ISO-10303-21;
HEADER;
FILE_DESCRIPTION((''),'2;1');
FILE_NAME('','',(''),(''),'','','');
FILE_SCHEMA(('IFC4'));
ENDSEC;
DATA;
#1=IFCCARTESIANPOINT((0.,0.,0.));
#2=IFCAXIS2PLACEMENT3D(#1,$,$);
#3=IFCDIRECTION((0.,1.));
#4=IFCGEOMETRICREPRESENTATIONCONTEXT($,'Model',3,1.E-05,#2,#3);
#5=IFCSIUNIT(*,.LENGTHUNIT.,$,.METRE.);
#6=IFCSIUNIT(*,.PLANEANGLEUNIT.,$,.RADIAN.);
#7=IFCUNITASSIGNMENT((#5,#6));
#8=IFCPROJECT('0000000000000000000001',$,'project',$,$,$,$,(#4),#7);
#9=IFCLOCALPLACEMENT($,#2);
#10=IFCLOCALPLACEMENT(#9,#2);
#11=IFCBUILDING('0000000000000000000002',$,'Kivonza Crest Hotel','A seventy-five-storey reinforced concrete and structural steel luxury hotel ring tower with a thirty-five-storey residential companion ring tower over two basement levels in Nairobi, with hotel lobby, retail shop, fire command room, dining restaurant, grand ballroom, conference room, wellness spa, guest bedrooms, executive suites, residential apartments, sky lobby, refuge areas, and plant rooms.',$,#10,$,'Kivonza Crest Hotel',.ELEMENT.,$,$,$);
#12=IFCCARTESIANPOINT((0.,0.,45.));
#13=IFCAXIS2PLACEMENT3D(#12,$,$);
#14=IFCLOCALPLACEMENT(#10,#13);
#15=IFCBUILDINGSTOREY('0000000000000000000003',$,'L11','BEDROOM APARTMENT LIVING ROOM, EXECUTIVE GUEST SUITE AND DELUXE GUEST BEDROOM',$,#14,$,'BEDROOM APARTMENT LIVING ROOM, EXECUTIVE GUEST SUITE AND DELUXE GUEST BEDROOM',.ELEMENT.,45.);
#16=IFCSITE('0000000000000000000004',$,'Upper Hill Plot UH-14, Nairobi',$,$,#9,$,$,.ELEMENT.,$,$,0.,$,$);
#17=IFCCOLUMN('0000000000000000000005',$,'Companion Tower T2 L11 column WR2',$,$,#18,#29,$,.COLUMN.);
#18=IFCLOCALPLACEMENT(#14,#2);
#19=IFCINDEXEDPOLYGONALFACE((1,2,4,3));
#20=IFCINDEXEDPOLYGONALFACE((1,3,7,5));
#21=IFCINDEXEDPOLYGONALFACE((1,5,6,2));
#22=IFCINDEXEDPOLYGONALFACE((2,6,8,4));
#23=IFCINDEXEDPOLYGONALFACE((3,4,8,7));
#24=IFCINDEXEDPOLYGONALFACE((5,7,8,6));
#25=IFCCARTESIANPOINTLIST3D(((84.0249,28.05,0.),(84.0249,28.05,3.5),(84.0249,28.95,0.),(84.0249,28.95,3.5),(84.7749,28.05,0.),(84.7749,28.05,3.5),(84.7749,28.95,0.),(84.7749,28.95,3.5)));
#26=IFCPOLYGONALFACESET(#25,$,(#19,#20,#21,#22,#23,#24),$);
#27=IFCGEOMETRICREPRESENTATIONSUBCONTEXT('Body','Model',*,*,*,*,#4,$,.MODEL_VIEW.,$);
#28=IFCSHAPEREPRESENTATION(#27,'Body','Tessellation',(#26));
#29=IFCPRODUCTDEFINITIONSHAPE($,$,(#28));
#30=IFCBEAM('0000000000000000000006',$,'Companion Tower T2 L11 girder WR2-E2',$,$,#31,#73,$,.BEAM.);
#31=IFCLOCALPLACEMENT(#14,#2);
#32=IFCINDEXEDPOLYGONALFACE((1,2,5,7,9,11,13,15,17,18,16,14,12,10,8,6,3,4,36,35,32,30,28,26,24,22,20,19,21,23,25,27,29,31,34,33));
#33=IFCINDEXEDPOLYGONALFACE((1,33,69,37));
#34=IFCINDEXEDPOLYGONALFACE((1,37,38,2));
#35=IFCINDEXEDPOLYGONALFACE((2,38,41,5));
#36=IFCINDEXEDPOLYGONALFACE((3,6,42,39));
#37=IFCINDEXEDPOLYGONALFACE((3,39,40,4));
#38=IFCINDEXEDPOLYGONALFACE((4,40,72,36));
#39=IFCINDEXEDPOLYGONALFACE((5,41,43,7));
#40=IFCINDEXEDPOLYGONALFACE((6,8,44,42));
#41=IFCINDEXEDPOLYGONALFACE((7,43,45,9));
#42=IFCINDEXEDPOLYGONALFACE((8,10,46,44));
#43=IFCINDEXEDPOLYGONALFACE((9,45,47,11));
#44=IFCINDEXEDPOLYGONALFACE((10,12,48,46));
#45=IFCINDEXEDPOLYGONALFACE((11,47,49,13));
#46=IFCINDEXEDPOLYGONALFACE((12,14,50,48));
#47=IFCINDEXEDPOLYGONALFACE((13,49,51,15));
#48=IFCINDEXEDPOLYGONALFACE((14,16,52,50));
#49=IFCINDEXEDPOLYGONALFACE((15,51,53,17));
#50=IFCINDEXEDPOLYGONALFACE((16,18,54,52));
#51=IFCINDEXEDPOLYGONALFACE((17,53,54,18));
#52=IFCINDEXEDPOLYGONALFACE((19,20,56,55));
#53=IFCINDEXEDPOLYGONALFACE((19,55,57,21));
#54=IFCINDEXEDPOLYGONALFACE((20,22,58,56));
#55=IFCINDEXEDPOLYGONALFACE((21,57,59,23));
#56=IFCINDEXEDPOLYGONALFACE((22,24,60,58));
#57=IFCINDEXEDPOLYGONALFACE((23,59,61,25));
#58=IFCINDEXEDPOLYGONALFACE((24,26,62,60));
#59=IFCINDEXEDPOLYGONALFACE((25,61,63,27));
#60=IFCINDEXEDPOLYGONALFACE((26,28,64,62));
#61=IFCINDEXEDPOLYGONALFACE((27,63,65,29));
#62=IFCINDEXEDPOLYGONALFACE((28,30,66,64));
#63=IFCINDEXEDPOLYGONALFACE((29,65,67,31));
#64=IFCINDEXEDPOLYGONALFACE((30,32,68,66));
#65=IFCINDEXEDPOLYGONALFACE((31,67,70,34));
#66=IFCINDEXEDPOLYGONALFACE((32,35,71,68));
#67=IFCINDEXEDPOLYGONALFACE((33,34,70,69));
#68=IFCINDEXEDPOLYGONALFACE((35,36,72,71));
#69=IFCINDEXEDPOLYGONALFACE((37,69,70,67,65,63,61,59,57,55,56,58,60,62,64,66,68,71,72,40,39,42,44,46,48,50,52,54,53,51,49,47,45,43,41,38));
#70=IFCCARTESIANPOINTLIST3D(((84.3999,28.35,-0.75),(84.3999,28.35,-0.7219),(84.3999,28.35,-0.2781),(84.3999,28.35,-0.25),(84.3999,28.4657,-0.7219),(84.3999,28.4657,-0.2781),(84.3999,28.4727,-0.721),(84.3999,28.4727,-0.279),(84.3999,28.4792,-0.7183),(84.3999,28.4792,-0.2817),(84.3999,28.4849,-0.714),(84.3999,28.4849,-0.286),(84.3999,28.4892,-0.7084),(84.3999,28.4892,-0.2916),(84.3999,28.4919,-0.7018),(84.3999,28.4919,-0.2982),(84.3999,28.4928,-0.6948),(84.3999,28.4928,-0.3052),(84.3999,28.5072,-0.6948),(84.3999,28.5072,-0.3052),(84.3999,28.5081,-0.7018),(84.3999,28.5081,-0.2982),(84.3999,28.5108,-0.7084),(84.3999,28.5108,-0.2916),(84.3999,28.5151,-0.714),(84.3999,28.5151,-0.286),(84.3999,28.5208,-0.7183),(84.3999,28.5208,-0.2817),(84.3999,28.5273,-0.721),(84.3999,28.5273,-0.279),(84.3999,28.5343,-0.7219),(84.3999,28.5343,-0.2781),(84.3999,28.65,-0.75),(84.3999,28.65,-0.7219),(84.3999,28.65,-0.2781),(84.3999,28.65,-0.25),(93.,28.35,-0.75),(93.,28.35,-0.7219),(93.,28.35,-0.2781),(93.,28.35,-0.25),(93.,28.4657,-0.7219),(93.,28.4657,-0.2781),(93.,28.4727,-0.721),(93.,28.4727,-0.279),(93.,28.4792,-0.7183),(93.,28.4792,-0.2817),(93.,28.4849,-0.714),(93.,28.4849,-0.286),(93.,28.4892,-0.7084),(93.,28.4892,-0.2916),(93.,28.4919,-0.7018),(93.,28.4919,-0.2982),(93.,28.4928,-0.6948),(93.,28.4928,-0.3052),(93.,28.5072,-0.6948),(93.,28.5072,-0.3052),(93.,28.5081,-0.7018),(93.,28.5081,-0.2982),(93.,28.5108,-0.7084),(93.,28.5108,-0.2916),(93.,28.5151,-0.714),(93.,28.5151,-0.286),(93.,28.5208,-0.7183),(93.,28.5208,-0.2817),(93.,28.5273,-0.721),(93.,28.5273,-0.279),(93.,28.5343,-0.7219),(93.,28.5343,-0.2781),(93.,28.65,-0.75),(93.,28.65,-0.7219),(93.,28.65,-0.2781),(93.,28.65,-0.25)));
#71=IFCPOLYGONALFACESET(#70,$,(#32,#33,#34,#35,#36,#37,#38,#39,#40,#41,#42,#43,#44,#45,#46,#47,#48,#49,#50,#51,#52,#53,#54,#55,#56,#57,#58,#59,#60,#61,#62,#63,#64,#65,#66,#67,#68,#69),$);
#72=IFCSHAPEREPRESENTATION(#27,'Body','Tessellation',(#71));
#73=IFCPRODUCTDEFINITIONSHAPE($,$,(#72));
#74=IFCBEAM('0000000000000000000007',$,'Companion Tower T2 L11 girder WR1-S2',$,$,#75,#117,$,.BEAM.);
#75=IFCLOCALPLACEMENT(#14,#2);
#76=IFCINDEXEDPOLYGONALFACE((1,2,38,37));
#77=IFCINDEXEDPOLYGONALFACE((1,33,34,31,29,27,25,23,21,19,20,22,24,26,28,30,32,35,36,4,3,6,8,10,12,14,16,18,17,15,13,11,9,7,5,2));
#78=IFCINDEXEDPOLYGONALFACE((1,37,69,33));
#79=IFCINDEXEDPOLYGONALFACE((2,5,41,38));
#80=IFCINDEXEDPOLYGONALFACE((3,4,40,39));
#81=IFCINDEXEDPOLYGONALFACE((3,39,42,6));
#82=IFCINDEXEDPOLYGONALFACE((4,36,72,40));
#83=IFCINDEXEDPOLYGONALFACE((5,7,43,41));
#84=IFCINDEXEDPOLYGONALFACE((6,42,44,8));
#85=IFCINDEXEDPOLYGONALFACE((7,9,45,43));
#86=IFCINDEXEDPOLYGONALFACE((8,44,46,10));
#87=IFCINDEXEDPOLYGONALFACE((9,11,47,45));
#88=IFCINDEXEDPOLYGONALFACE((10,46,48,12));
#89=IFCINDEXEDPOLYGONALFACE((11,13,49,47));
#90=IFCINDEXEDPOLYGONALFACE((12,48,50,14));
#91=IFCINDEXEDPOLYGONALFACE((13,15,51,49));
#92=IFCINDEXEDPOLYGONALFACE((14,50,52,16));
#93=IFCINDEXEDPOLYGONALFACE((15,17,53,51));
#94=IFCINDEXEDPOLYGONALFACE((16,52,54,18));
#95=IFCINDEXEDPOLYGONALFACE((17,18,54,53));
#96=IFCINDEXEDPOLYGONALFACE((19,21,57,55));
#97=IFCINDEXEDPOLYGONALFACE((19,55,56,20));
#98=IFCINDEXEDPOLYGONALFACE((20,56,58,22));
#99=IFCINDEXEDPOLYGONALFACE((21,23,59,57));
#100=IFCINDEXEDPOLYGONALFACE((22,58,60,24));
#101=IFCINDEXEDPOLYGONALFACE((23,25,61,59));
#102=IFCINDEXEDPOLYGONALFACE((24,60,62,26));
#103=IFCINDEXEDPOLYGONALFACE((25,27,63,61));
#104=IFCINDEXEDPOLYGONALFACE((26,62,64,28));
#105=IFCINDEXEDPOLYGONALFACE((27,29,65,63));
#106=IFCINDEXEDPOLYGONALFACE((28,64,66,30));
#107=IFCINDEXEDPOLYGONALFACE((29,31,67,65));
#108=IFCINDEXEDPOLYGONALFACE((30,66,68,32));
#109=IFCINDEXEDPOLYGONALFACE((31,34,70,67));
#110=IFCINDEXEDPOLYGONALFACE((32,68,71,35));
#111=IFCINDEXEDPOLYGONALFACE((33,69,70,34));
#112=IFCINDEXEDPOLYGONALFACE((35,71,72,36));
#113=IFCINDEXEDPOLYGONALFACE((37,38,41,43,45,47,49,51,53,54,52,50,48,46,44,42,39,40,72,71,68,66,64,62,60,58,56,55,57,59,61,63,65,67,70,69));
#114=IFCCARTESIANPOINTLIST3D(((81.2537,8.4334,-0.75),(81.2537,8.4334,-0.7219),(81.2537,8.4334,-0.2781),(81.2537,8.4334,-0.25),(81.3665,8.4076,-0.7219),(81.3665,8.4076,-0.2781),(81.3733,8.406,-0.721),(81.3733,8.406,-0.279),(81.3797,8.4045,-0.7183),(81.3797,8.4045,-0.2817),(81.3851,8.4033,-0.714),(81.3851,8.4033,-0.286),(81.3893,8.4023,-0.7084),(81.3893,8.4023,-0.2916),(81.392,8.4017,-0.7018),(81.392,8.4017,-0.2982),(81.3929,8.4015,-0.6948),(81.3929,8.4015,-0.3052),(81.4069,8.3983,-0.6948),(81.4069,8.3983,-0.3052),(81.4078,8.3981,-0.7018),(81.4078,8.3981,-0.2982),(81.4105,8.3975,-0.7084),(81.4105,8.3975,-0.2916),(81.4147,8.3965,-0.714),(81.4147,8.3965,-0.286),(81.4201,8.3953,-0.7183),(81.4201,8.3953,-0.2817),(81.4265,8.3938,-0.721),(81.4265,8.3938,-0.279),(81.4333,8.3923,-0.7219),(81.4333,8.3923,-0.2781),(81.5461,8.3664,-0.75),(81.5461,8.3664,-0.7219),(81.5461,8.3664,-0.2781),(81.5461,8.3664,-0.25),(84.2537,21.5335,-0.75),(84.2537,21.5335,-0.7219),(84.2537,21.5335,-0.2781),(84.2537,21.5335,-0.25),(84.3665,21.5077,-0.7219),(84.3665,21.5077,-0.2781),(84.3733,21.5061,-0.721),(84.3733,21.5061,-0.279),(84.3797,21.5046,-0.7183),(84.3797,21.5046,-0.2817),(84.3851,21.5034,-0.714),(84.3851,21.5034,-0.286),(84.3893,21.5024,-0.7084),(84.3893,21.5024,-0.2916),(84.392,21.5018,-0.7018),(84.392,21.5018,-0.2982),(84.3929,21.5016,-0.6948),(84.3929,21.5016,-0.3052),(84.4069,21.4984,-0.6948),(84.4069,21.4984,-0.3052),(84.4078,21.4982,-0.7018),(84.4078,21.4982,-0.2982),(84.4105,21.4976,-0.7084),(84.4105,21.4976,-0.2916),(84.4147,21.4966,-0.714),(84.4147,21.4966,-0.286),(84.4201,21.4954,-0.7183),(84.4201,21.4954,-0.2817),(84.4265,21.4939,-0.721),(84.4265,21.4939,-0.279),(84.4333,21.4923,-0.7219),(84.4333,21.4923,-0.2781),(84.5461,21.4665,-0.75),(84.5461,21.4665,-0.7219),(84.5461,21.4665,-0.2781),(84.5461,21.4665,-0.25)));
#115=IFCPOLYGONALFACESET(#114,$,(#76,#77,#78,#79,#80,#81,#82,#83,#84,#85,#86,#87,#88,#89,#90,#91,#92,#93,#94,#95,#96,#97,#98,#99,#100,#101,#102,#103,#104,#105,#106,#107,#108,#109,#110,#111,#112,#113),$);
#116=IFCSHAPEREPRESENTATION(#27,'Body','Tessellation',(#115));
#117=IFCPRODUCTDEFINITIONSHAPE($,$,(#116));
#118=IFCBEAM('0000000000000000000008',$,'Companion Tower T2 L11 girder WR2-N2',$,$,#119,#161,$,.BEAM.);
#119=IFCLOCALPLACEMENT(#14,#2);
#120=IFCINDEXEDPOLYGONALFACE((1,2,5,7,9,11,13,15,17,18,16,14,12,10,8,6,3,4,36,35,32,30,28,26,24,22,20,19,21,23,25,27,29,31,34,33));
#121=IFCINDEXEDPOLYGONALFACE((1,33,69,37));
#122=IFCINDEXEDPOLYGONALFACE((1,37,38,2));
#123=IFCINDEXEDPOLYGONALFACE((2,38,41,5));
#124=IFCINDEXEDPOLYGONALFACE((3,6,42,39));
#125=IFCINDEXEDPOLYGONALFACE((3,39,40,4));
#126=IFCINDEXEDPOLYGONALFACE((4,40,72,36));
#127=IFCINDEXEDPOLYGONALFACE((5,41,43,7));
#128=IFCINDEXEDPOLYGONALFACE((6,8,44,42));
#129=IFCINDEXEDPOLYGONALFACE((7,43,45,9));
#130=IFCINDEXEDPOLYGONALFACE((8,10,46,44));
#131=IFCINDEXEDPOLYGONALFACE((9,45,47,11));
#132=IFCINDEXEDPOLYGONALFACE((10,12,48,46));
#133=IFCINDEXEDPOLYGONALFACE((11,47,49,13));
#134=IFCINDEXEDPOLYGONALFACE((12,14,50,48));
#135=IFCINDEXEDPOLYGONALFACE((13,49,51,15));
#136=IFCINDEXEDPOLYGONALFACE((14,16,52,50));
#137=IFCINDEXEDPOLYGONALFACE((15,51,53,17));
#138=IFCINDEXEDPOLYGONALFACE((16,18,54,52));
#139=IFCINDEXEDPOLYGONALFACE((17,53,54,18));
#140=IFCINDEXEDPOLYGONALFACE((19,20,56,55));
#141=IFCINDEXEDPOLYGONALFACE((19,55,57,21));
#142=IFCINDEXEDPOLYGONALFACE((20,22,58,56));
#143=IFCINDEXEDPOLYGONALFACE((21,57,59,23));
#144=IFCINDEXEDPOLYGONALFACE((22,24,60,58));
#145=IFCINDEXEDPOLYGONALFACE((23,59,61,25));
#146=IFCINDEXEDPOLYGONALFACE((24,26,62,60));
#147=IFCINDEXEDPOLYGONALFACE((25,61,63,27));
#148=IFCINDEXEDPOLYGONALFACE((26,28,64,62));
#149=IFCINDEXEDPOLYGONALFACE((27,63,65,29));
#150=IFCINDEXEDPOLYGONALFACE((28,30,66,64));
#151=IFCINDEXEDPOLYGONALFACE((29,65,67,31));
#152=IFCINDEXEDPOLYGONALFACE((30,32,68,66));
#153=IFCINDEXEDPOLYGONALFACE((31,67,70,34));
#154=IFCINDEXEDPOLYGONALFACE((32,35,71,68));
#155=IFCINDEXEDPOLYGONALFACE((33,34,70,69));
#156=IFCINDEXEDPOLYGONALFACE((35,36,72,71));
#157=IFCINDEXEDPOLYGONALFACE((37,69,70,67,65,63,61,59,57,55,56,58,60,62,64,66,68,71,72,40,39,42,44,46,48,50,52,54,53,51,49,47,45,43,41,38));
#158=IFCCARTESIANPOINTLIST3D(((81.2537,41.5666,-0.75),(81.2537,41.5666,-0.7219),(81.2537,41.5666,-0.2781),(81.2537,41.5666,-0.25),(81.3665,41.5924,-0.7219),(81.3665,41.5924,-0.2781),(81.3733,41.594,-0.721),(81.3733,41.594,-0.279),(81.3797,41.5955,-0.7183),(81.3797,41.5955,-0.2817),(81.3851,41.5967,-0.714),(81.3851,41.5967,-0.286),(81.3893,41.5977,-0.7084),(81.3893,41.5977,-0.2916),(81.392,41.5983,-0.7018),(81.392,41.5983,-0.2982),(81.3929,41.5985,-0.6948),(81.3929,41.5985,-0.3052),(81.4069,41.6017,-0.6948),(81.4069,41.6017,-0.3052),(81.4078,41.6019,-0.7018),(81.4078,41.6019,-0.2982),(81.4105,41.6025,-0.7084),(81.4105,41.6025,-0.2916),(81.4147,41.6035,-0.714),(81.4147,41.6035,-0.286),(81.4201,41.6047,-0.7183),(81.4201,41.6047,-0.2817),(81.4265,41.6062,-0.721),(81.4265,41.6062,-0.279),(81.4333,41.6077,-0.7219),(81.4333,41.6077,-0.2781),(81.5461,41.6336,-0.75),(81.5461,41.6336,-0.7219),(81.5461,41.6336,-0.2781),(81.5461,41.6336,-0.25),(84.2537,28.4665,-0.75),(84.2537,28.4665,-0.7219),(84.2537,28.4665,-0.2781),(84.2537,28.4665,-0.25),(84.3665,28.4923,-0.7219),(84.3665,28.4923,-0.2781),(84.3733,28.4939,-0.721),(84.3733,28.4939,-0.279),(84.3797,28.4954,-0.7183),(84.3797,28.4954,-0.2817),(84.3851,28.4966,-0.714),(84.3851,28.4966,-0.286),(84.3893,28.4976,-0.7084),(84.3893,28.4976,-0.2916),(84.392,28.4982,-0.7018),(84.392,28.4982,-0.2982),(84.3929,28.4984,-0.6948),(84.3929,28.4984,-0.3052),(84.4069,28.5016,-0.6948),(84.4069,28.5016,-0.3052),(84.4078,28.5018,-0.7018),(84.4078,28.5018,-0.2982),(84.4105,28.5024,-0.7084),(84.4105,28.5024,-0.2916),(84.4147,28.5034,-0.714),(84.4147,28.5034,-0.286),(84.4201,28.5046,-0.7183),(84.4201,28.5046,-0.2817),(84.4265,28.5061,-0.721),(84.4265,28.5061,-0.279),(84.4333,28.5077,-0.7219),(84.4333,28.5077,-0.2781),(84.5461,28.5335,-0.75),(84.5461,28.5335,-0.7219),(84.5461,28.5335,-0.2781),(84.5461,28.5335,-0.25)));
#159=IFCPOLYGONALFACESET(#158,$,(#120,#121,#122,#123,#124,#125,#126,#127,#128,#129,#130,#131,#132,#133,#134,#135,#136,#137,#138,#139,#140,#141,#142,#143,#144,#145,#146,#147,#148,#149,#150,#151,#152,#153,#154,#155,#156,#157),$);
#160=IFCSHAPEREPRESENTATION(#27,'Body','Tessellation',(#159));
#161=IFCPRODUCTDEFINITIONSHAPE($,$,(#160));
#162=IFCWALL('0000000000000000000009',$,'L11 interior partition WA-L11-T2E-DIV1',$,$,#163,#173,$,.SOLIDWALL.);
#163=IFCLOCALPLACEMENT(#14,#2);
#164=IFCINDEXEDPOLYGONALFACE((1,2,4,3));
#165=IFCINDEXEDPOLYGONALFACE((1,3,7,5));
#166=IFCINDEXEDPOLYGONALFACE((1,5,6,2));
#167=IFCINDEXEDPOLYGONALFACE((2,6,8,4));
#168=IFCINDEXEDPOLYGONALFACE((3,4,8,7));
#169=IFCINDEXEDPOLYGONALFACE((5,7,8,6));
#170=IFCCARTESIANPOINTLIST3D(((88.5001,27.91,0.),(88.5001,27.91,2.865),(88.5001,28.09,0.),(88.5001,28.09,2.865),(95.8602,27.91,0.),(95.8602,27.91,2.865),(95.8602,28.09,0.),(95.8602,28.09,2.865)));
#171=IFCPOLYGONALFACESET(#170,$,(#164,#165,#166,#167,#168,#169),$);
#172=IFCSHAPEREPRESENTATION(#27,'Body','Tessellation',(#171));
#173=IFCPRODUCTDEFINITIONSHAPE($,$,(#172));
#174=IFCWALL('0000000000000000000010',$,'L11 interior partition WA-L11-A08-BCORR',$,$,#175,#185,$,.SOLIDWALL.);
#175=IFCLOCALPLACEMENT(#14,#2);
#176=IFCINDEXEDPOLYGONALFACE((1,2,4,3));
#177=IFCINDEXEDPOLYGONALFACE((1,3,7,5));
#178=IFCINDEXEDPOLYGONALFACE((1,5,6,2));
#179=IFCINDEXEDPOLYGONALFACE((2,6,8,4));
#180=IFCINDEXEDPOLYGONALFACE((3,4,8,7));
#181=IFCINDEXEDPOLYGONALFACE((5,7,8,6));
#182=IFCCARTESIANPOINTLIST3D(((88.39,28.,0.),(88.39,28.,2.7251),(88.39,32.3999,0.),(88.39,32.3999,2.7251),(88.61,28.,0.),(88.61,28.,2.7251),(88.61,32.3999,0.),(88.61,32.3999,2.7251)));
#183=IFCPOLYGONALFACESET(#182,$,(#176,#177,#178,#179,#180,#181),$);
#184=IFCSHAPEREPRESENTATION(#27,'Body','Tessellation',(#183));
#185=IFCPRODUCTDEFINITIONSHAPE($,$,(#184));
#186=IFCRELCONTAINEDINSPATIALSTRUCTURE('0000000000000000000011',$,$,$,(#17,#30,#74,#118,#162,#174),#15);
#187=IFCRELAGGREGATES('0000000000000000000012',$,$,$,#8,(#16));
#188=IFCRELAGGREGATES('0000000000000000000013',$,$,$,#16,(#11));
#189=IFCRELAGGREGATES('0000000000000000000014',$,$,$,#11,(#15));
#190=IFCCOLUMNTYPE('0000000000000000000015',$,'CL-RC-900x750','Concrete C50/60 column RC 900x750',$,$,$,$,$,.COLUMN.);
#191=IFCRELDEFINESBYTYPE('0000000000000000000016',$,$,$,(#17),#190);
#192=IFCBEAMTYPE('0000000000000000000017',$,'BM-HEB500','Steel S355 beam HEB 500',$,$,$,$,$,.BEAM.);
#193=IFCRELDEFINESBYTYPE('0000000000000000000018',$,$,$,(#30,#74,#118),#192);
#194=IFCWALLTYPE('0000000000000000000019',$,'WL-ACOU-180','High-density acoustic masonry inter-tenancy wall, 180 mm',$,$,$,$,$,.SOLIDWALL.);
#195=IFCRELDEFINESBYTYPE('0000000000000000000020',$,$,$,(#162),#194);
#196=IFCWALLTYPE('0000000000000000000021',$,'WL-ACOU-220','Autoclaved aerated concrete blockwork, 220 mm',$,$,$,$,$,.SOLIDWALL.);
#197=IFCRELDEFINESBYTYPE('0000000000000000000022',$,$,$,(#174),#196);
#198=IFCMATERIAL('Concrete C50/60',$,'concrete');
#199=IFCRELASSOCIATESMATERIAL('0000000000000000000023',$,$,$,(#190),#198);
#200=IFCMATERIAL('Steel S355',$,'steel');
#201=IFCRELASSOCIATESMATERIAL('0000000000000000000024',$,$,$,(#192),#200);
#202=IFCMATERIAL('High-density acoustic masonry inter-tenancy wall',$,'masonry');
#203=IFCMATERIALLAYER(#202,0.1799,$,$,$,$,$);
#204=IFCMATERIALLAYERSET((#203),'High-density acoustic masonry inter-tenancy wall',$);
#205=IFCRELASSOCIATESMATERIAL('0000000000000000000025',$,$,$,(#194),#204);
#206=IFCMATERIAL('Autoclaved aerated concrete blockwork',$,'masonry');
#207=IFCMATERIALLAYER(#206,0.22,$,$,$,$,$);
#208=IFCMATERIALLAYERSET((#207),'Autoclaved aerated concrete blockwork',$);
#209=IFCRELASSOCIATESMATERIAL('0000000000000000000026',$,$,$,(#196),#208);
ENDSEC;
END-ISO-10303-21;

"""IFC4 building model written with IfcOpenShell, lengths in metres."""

from ifc_helpers import new_model, si_unit, direction, frame, frame_2d, origin, origin_2d, place, context, subcontext, project, spatial, rectangle, i_section, extrude, material, layer, layer_set, material_profile, profile_set, type_object, element, save


model = new_model("IFC4")

# Units and contexts
model_context = context("Model", 3, precision=1e-05, world=origin(), true_north=direction((0.0, 1.0)))
body_context = subcontext(model_context, "Body", "Model", "MODEL_VIEW")
ifc_project = project(units=[si_unit("LENGTHUNIT", "METRE"), si_unit("PLANEANGLEUNIT", "RADIAN")], contexts=[model_context])

# Site, building, storey
site_placement = place(None, origin())
site = spatial("IfcSite", under=ifc_project, at=site_placement, Name="Upper Hill Plot UH-14, Nairobi", CompositionType="ELEMENT", RefElevation=0.0)
building_placement = place(site_placement, origin())
building = spatial("IfcBuilding", under=site, at=building_placement, Name="Kivonza Crest Hotel", Description="A seventy-five-storey reinforced concrete and structural steel luxury hotel ring tower with a thirty-five-storey residential companion ring tower over two basement levels in Nairobi, with hotel lobby, retail shop, fire command room, dining restaurant, grand ballroom, conference room, wellness spa, guest bedrooms, executive suites, residential apartments, sky lobby, refuge areas, and plant rooms.", LongName="Kivonza Crest Hotel", CompositionType="ELEMENT")
storey_placement = place(building_placement, frame((0.0, 0.0, 45.0)))
storey = spatial("IfcBuildingStorey", under=building, at=storey_placement, Name="L11", Description="BEDROOM APARTMENT LIVING ROOM, EXECUTIVE GUEST SUITE AND DELUXE GUEST BEDROOM", LongName="BEDROOM APARTMENT LIVING ROOM, EXECUTIVE GUEST SUITE AND DELUXE GUEST BEDROOM", CompositionType="ELEMENT", Elevation=45.0)

# Column
ifc_material_1 = material(Name="Concrete C50/60", Category="concrete")
ifc_material_profile_1 = material_profile(ifc_material_1, rectangle(XDim=0.75, YDim=0.8999, at=origin_2d()), Name="RC 900x750")
ifc_profile_set_1 = profile_set([ifc_material_profile_1], Name="Concrete C50/60")
column_type = type_object("IfcColumnType", Name="CL-RC-900x750", Description="Concrete C50/60 column RC 900x750", PredefinedType="COLUMN", material=ifc_profile_set_1)
column_placement = place(storey_placement, frame((84.3999, 28.5, 0.0), z_axis=(0.0, 0.0, 1.0), x_axis=(1.0, 0.0, 0.0)))
element("IfcColumn", 1, at=column_placement, inside=storey, type_object=column_type, Name="Companion Tower T2 L11 column WR2", PredefinedType="COLUMN", context=body_context, shape_type="SweptSolid", body=[
    extrude(rectangle(XDim=0.75, YDim=0.8999, at=origin_2d()), origin(), (0.0, 0.0, 1.0), 3.5),
])

# Beams
ifc_material_2 = material(Name="Steel S355", Category="steel")
ifc_material_profile_2 = material_profile(ifc_material_2, i_section(OverallWidth=0.3, OverallDepth=0.5, WebThickness=0.0144, FlangeThickness=0.0281, FilletRadius=0.0271, at=origin_2d()), Name="HEB 500")
ifc_profile_set_2 = profile_set([ifc_material_profile_2], Name="Steel S355")
beam_type = type_object("IfcBeamType", Name="BM-HEB500", Description="Steel S355 beam HEB 500", PredefinedType="BEAM", material=ifc_profile_set_2)
beam_placement = place(storey_placement, frame((84.3999, 28.5, -0.5), z_axis=(1.0, 0.0, 0.0), x_axis=(0.0, 1.0, 0.0)))
element("IfcBeam", 2, at=beam_placement, inside=storey, type_object=beam_type, Name="Companion Tower T2 L11 girder WR2-E2", PredefinedType="BEAM", context=body_context, shape_type="SweptSolid", body=[
    extrude(i_section(OverallWidth=0.3, OverallDepth=0.5, WebThickness=0.0144, FlangeThickness=0.0281, FilletRadius=0.0271, at=origin_2d()), origin(), (0.0, 0.0, 1.0), 8.6001),
])
for number, where, z_axis, x_axis, name in (
    (3, (84.3999, 21.5, -0.5), (-0.223227, -0.974766, 0.0), (0.974766, -0.223227, 0.0), "Companion Tower T2 L11 girder WR1-S2"),
    (4, (84.3999, 28.5, -0.5), (-0.223227, 0.974766, 0.0), (-0.974766, -0.223227, 0.0), "Companion Tower T2 L11 girder WR2-N2"),
):
    element("IfcBeam", number, at=place(storey_placement, frame(where, z_axis=z_axis, x_axis=x_axis)), inside=storey, type_object=beam_type, Name=name, PredefinedType="BEAM", context=body_context, shape_type="SweptSolid", body=[
        extrude(i_section(OverallWidth=0.3, OverallDepth=0.5, WebThickness=0.0144, FlangeThickness=0.0281, FilletRadius=0.0271, at=origin_2d()), origin(), (0.0, 0.0, 1.0), 13.4392),
    ])

# Walls
ifc_material_3 = material(Name="High-density acoustic masonry inter-tenancy wall", Category="masonry")
ifc_layer_1 = layer(ifc_material_3, 0.1799)
ifc_layer_set_1 = layer_set([ifc_layer_1], Name="High-density acoustic masonry inter-tenancy wall")
wall_type_1 = type_object("IfcWallType", Name="WL-ACOU-180", Description="High-density acoustic masonry inter-tenancy wall, 180 mm", PredefinedType="SOLIDWALL", material=ifc_layer_set_1)
wall_1_placement = place(storey_placement, frame((88.5, 28.0, 0.0), z_axis=(0.0, 0.0, 1.0), x_axis=(1.0, 0.0, 0.0)))
element("IfcWall", 5, at=wall_1_placement, inside=storey, type_object=wall_type_1, Name="L11 interior partition WA-L11-T2E-DIV1", PredefinedType="SOLIDWALL", context=body_context, shape_type="SweptSolid", body=[
    extrude(rectangle(XDim=7.3601, YDim=0.1799, at=frame_2d((3.6802, 0.0))), origin(), (0.0, 0.0, 1.0), 2.865),
])
ifc_material_4 = material(Name="Autoclaved aerated concrete blockwork", Category="masonry")
ifc_layer_2 = layer(ifc_material_4, 0.22)
ifc_layer_set_2 = layer_set([ifc_layer_2], Name="Autoclaved aerated concrete blockwork")
wall_type_2 = type_object("IfcWallType", Name="WL-ACOU-220", Description="Autoclaved aerated concrete blockwork, 220 mm", PredefinedType="SOLIDWALL", material=ifc_layer_set_2)
wall_2_placement = place(storey_placement, frame((88.5, 28.0, 0.0), z_axis=(0.0, 0.0, 1.0), x_axis=(0.0, 1.0, 0.0)))
element("IfcWall", 6, at=wall_2_placement, inside=storey, type_object=wall_type_2, Name="L11 interior partition WA-L11-A08-BCORR", PredefinedType="SOLIDWALL", context=body_context, shape_type="SweptSolid", body=[
    extrude(rectangle(XDim=4.3999, YDim=0.22, at=frame_2d((2.2, 0.0))), origin(), (0.0, 0.0, 1.0), 2.7251),
])

save(model, "model.ifc")
